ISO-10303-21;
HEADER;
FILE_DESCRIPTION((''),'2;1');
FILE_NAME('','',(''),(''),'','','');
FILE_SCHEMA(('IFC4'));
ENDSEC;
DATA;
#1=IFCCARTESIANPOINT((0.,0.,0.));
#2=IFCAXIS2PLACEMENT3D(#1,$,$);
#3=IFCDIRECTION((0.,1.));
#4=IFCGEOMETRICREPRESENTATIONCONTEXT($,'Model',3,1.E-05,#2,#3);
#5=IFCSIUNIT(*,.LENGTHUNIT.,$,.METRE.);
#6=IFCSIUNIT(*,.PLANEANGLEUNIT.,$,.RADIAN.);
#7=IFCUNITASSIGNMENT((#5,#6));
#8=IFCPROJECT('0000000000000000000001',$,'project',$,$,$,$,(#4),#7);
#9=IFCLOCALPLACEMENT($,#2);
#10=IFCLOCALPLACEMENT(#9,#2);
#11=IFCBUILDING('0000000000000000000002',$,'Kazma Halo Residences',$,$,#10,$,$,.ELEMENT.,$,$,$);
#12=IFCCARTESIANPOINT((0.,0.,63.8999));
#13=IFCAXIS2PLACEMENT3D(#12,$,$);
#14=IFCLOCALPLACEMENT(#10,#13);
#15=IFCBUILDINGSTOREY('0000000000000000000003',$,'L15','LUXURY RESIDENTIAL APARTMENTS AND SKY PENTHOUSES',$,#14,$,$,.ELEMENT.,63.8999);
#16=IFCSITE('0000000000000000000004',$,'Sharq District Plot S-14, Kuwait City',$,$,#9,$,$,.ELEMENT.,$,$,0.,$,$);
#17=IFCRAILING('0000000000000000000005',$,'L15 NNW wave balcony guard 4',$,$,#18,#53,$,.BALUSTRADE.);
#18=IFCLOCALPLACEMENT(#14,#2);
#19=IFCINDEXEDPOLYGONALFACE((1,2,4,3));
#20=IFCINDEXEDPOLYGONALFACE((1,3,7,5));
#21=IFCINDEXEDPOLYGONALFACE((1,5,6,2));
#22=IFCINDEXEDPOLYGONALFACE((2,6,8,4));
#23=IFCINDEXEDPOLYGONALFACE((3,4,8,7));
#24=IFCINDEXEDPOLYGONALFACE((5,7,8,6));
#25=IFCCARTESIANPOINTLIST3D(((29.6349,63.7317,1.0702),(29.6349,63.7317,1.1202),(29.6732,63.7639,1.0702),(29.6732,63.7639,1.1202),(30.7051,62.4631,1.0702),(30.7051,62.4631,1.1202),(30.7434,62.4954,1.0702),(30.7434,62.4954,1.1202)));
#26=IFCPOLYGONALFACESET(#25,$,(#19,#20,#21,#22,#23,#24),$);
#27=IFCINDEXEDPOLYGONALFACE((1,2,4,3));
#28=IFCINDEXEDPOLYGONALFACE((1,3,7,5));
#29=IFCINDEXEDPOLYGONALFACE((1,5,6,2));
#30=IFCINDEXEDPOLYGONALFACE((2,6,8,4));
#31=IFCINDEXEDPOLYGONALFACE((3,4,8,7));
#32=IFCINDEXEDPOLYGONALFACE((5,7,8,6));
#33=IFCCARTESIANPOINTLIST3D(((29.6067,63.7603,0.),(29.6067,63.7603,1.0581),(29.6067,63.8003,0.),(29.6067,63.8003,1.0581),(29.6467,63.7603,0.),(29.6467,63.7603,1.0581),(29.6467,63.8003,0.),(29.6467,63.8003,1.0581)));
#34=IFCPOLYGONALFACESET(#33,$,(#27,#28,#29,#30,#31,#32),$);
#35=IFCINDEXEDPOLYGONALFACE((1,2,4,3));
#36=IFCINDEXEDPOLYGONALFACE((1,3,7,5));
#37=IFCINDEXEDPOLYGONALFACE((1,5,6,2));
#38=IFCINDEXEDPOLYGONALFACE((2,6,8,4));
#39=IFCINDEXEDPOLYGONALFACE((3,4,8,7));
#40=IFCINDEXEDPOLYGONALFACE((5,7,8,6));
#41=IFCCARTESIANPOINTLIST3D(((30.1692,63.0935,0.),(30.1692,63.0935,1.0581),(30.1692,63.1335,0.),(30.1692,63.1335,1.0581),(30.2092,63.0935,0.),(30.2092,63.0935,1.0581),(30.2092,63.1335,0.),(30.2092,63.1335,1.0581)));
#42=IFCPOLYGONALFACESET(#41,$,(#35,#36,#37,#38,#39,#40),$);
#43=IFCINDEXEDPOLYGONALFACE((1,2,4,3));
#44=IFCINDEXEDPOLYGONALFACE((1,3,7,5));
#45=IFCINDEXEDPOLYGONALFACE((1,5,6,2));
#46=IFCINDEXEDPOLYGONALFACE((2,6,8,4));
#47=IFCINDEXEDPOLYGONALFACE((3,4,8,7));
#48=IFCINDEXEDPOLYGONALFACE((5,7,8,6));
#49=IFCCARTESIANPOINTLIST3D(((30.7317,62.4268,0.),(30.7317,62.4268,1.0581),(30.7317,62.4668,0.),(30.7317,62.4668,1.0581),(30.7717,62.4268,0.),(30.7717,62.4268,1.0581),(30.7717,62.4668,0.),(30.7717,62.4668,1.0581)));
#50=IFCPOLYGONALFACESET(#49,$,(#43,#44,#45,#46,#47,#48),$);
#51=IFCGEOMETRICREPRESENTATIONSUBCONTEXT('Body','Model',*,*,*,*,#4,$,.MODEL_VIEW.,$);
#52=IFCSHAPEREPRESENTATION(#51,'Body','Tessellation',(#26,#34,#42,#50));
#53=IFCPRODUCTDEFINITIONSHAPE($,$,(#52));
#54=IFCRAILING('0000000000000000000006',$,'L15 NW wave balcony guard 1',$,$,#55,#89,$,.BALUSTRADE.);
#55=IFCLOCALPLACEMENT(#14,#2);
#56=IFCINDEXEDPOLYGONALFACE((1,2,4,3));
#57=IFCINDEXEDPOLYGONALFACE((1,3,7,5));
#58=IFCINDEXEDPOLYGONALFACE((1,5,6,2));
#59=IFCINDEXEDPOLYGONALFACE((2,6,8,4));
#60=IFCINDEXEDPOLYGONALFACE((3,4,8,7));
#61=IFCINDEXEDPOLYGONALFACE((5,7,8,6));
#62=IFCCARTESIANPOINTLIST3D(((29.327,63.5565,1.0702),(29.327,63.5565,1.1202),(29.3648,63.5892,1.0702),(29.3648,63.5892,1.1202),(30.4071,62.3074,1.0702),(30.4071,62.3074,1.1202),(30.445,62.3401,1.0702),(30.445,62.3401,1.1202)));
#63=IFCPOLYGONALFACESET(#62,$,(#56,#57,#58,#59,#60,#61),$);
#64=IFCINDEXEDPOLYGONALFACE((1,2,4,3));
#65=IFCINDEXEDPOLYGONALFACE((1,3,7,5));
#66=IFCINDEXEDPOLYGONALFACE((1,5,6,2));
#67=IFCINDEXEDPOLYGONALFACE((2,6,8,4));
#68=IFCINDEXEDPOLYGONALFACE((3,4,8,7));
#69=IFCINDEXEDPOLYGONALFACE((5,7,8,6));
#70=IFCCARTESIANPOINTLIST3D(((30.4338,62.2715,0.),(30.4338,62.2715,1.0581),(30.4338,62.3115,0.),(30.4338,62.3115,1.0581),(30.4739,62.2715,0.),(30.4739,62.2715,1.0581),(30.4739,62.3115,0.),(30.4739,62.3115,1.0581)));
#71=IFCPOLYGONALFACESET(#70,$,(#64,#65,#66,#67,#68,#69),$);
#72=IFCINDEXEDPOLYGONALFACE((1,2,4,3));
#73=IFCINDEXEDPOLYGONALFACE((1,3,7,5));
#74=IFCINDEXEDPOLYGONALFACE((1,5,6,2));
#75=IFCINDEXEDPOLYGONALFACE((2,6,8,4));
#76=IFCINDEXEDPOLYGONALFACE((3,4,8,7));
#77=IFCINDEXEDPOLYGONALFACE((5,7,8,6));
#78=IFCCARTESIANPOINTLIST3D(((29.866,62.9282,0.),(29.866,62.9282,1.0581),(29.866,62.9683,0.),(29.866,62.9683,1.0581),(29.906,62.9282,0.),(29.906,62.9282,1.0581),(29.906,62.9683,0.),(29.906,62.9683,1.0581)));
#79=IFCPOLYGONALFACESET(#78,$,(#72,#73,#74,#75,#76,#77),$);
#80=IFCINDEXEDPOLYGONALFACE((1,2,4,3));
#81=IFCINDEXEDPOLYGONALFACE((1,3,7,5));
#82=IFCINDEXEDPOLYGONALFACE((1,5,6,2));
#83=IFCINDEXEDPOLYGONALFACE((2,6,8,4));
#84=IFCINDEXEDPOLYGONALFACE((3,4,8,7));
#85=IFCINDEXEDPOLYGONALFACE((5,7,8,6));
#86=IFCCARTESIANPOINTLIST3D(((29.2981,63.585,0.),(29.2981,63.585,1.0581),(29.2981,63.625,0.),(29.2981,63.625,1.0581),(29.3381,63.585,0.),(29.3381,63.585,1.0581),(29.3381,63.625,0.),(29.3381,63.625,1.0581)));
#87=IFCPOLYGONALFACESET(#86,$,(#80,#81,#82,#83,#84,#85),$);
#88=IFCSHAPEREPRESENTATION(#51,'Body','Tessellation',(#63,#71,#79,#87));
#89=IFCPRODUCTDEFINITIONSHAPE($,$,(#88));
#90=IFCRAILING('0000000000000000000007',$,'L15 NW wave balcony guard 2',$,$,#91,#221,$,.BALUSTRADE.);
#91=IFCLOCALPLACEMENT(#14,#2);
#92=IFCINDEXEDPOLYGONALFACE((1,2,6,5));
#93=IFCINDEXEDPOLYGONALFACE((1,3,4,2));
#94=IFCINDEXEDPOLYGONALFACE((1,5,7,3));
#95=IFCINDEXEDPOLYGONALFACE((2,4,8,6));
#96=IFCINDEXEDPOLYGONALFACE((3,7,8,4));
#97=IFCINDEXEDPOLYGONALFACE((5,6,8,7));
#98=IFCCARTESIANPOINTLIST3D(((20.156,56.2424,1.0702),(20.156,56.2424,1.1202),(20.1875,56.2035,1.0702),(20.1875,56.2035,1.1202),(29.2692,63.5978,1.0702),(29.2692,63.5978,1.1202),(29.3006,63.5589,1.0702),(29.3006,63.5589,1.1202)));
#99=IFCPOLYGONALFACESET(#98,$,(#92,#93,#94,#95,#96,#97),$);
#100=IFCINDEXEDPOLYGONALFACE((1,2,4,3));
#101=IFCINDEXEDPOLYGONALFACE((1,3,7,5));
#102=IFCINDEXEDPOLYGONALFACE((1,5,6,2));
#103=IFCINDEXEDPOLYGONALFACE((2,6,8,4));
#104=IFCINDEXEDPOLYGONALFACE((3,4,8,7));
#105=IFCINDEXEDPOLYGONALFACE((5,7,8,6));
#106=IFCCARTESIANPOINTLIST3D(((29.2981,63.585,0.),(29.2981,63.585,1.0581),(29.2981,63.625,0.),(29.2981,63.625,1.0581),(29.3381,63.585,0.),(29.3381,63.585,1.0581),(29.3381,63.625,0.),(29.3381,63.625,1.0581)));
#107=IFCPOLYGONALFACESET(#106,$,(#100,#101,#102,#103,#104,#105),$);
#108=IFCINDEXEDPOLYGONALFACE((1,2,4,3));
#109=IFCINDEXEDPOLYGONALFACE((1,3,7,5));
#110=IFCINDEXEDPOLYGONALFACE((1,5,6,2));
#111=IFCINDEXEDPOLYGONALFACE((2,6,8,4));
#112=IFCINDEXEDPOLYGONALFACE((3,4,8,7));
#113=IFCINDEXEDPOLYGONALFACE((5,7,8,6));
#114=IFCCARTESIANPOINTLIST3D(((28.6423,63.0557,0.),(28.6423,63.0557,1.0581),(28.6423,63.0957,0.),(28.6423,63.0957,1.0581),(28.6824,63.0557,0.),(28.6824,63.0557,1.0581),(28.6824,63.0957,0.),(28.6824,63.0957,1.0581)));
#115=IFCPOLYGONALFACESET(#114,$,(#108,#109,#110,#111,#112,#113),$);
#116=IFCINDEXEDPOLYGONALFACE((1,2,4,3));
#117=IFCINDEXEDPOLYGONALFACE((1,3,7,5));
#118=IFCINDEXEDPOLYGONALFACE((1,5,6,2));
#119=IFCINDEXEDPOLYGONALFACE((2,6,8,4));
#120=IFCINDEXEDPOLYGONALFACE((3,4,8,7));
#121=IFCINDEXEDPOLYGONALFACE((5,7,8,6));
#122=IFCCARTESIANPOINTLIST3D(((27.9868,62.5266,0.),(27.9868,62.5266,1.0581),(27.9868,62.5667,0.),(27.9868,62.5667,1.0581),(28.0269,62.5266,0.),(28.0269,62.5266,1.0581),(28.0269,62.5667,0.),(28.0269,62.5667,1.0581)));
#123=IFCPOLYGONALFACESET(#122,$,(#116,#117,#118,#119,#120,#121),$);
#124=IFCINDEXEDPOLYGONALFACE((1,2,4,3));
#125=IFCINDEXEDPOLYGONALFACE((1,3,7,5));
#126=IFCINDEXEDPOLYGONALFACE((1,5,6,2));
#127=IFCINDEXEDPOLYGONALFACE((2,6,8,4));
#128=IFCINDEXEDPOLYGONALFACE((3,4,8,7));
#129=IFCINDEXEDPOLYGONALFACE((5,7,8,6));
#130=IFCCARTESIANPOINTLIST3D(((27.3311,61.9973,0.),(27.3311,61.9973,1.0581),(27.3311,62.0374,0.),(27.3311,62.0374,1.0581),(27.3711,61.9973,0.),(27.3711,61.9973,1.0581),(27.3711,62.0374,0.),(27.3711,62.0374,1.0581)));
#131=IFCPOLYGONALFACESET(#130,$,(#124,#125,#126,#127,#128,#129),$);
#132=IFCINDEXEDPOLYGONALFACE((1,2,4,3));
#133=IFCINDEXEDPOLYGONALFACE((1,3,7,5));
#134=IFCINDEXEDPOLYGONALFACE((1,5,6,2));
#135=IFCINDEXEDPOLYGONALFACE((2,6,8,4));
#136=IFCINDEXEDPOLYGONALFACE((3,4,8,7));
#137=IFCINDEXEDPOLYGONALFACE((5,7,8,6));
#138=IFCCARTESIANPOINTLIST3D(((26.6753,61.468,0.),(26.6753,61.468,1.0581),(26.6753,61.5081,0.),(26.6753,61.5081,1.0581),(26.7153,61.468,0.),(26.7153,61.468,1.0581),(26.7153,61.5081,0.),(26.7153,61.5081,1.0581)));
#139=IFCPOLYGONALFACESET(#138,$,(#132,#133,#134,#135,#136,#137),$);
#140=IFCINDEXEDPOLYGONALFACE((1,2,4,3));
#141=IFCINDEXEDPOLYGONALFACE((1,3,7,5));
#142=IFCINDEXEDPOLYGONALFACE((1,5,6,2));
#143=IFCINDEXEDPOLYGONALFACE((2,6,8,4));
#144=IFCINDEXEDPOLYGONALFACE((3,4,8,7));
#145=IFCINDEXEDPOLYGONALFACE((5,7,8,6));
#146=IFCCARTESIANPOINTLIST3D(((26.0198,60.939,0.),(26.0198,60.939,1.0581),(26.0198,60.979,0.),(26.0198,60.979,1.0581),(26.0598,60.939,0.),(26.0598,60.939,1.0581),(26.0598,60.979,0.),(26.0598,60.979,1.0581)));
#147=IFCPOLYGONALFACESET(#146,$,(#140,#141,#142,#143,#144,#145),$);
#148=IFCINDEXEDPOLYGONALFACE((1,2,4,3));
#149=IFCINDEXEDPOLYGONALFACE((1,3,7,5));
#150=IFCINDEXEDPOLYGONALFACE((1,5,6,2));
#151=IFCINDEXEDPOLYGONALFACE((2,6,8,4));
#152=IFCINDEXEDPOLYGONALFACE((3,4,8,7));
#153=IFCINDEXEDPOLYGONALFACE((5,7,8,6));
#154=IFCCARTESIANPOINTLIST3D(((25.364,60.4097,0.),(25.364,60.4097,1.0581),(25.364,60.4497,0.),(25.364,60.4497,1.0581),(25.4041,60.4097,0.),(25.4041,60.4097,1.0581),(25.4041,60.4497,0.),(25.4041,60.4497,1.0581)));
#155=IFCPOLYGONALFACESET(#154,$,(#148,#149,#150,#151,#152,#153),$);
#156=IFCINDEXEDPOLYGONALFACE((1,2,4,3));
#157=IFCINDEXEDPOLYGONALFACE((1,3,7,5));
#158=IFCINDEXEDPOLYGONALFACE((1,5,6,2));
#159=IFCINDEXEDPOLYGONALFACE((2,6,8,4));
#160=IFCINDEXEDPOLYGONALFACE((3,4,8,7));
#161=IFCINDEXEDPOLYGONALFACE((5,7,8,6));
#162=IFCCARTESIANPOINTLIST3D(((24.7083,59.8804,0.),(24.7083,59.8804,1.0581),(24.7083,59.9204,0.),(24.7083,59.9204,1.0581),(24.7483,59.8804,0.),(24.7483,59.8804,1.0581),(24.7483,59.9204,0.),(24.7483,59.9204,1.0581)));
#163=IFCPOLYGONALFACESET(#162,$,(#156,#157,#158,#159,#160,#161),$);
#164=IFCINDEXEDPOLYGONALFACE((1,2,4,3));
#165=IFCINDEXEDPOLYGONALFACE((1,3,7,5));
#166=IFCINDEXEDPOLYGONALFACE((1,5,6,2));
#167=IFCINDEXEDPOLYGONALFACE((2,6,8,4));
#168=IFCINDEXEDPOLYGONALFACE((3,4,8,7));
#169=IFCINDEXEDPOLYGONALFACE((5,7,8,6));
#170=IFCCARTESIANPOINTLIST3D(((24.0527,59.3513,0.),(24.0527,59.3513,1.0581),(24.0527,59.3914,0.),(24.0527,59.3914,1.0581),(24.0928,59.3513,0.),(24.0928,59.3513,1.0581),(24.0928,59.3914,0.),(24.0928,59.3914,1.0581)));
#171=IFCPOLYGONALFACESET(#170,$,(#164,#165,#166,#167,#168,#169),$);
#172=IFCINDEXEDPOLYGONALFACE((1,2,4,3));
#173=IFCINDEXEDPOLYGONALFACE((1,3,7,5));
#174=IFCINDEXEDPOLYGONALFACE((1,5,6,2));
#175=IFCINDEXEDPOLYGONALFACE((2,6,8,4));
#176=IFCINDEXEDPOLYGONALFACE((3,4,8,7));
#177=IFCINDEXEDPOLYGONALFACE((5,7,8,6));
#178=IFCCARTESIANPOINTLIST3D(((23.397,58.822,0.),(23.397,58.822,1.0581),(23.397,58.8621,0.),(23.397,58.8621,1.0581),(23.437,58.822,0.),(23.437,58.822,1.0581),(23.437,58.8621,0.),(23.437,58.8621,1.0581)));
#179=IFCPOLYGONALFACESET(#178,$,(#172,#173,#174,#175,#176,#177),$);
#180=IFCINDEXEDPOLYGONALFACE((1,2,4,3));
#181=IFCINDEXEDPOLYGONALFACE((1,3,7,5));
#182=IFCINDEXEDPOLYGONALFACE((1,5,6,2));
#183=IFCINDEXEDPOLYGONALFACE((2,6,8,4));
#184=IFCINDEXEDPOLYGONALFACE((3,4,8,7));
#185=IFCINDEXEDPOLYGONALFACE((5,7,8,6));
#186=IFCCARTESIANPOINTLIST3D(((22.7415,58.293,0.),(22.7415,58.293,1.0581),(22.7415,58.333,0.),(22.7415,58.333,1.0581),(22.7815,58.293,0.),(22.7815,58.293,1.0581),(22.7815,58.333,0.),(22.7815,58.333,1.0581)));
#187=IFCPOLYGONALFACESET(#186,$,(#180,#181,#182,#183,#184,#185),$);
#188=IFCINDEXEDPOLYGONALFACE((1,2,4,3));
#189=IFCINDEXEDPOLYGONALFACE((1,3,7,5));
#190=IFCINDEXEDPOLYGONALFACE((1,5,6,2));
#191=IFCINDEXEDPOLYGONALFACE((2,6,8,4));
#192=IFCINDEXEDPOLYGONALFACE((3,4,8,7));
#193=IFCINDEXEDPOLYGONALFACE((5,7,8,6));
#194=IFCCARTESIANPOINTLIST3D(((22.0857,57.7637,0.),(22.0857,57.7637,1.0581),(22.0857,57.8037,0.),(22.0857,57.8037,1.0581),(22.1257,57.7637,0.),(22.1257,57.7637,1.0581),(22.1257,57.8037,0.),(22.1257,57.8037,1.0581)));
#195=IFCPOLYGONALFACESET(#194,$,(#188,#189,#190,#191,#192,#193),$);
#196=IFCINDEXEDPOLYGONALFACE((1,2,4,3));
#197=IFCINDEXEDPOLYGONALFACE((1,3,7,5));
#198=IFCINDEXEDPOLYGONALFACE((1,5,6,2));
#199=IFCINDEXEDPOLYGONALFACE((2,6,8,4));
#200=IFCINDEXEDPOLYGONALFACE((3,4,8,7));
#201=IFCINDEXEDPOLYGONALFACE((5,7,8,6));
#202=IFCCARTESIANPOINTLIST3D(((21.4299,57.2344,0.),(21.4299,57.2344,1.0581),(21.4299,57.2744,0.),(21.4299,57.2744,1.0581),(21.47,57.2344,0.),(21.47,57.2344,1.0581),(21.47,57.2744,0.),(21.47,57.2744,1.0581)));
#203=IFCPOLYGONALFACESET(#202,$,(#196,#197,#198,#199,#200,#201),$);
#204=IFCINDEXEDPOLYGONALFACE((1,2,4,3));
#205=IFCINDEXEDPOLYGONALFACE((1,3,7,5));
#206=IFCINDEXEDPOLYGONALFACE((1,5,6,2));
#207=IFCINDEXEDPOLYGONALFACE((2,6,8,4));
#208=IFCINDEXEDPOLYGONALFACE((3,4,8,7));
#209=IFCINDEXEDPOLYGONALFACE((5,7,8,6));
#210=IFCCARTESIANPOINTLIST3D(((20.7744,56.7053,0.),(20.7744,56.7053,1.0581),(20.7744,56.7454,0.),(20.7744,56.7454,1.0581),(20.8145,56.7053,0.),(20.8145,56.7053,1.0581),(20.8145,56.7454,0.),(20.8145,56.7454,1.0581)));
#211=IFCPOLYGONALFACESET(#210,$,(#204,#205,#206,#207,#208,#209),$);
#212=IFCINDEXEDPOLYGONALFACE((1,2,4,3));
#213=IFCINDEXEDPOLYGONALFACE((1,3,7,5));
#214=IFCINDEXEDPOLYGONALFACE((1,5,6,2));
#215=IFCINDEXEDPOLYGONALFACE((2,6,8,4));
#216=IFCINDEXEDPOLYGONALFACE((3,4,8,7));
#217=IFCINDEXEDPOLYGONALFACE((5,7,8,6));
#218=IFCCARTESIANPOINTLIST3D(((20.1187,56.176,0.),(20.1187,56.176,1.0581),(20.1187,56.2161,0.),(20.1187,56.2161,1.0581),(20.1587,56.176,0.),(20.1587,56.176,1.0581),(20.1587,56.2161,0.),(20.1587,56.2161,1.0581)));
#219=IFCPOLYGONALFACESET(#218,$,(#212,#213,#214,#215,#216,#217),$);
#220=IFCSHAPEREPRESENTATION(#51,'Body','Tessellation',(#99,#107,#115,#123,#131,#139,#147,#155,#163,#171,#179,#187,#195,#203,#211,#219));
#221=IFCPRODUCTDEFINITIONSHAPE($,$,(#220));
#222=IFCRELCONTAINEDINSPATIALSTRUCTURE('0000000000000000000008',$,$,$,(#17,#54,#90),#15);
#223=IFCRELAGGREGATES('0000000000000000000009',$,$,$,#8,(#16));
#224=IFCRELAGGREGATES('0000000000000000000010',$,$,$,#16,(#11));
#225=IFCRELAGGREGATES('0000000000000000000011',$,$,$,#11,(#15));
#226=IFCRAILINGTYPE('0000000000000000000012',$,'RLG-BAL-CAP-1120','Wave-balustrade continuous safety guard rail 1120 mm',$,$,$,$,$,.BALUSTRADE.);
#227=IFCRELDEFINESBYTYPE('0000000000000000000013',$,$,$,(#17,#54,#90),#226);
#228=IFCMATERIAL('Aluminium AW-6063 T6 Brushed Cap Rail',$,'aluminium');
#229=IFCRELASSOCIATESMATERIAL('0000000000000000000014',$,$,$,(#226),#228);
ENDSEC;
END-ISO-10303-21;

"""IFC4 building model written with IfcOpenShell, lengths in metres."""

from ifc_helpers import new_model, si_unit, direction, frame, origin, origin_2d, place, context, subcontext, project, spatial, rectangle, extrude, material, type_object, element, save


model = new_model("IFC4")

# Units and contexts
model_context = context("Model", 3, precision=1e-05, world=origin(), true_north=direction((0.0, 1.0)))
body_context = subcontext(model_context, "Body", "Model", "MODEL_VIEW")
ifc_project = project(units=[si_unit("LENGTHUNIT", "METRE"), si_unit("PLANEANGLEUNIT", "RADIAN")], contexts=[model_context])

# Site, building, storey
site_placement = place(None, origin())
site = spatial("IfcSite", under=ifc_project, at=site_placement, Name="Sharq District Plot S-14, Kuwait City", CompositionType="ELEMENT", RefElevation=0.0)
building_placement = place(site_placement, origin())
building = spatial("IfcBuilding", under=site, at=building_placement, Name="Kazma Halo Residences", CompositionType="ELEMENT")
storey_placement = place(building_placement, frame((0.0, 0.0, 63.8999)))
storey = spatial("IfcBuildingStorey", under=building, at=storey_placement, Name="L15", Description="LUXURY RESIDENTIAL APARTMENTS AND SKY PENTHOUSES", CompositionType="ELEMENT", Elevation=63.8999)

# Railings
ifc_material_1 = material(Name="Aluminium AW-6063 T6 Brushed Cap Rail", Category="aluminium")
railing_type = type_object("IfcRailingType", Name="RLG-BAL-CAP-1120", Description="Wave-balustrade continuous safety guard rail 1120 mm", PredefinedType="BALUSTRADE", material=ifc_material_1)
railing_1_placement = place(storey_placement, frame((29.6267, 63.7803, 0.0)))
element("IfcRailing", 1, at=railing_1_placement, inside=storey, type_object=railing_type, Name="L15 NNW wave balcony guard 4", PredefinedType="BALUSTRADE", context=body_context, shape_type="SweptSolid", body=[
    extrude(rectangle(XDim=0.05, YDim=0.05, at=origin_2d()), frame((0.0273, -0.0325, 1.0952), z_axis=(0.644825, -0.76433, 0.0), x_axis=(0.76433, 0.644825, 0.0)), (0.0, 0.0, 1.0), 1.6597),
    extrude(rectangle(XDim=0.04, YDim=0.04, at=origin_2d()), origin(), (0.0, 0.0, 1.0), 1.0581),
    extrude(rectangle(XDim=0.04, YDim=0.04, at=origin_2d()), frame((0.5625, -0.6667, 0.0)), (0.0, 0.0, 1.0), 1.0581),
    extrude(rectangle(XDim=0.04, YDim=0.04, at=origin_2d()), frame((1.125, -1.3335, 0.0)), (0.0, 0.0, 1.0), 1.0581),
])
railing_2_placement = place(storey_placement, frame((30.4539, 62.2915, 0.0)))
element("IfcRailing", 2, at=railing_2_placement, inside=storey, type_object=railing_type, Name="L15 NW wave balcony guard 1", PredefinedType="BALUSTRADE", context=body_context, shape_type="SweptSolid", body=[
    extrude(rectangle(XDim=0.05, YDim=0.05, at=origin_2d()), frame((-0.0278, 0.0322, 1.0952), z_axis=(-0.654074, 0.756431, 0.0), x_axis=(-0.756431, -0.654074, 0.0)), (0.0, 0.0, 1.0), 1.6514),
    extrude(rectangle(XDim=0.04, YDim=0.04, at=origin_2d()), origin(), (0.0, 0.0, 1.0), 1.0581),
    extrude(rectangle(XDim=0.04, YDim=0.04, at=origin_2d()), frame((-0.5679, 0.6567, 0.0)), (0.0, 0.0, 1.0), 1.0581),
    extrude(rectangle(XDim=0.04, YDim=0.04, at=origin_2d()), frame((-1.1357, 1.3135, 0.0)), (0.0, 0.0, 1.0), 1.0581),
])
railing_3_placement = place(storey_placement, frame((29.3181, 63.605, 0.0)))
element("IfcRailing", 3, at=railing_3_placement, inside=storey, type_object=railing_type, Name="L15 NW wave balcony guard 2", PredefinedType="BALUSTRADE", context=body_context, shape_type="SweptSolid", body=[
    extrude(rectangle(XDim=0.05, YDim=0.05, at=origin_2d()), frame((-0.0332, -0.0266, 1.0952), z_axis=(-0.778158, -0.628069, 0.0), x_axis=(0.628069, -0.778158, 0.0)), (0.0, 0.0, 1.0), 11.7112),
    extrude(rectangle(XDim=0.04, YDim=0.04, at=origin_2d()), origin(), (0.0, 0.0, 1.0), 1.0581),
    extrude(rectangle(XDim=0.04, YDim=0.04, at=origin_2d()), frame((-0.6558, -0.5293, 0.0)), (0.0, 0.0, 1.0), 1.0581),
    extrude(rectangle(XDim=0.04, YDim=0.04, at=origin_2d()), frame((-1.3113, -1.0583, 0.0)), (0.0, 0.0, 1.0), 1.0581),
    extrude(rectangle(XDim=0.04, YDim=0.04, at=origin_2d()), frame((-1.967, -1.5876, 0.0)), (0.0, 0.0, 1.0), 1.0581),
    extrude(rectangle(XDim=0.04, YDim=0.04, at=origin_2d()), frame((-2.6228, -2.1169, 0.0)), (0.0, 0.0, 1.0), 1.0581),
    extrude(rectangle(XDim=0.04, YDim=0.04, at=origin_2d()), frame((-3.2783, -2.646, 0.0)), (0.0, 0.0, 1.0), 1.0581),
    extrude(rectangle(XDim=0.04, YDim=0.04, at=origin_2d()), frame((-3.9341, -3.1753, 0.0)), (0.0, 0.0, 1.0), 1.0581),
    extrude(rectangle(XDim=0.04, YDim=0.04, at=origin_2d()), frame((-4.5898, -3.7046, 0.0)), (0.0, 0.0, 1.0), 1.0581),
    extrude(rectangle(XDim=0.04, YDim=0.04, at=origin_2d()), frame((-5.2454, -4.2336, 0.0)), (0.0, 0.0, 1.0), 1.0581),
    extrude(rectangle(XDim=0.04, YDim=0.04, at=origin_2d()), frame((-5.9011, -4.7629, 0.0)), (0.0, 0.0, 1.0), 1.0581),
    extrude(rectangle(XDim=0.04, YDim=0.04, at=origin_2d()), frame((-6.5566, -5.292, 0.0)), (0.0, 0.0, 1.0), 1.0581),
    extrude(rectangle(XDim=0.04, YDim=0.04, at=origin_2d()), frame((-7.2124, -5.8213, 0.0)), (0.0, 0.0, 1.0), 1.0581),
    extrude(rectangle(XDim=0.04, YDim=0.04, at=origin_2d()), frame((-7.8682, -6.3506, 0.0)), (0.0, 0.0, 1.0), 1.0581),
    extrude(rectangle(XDim=0.04, YDim=0.04, at=origin_2d()), frame((-8.5237, -6.8796, 0.0)), (0.0, 0.0, 1.0), 1.0581),
    extrude(rectangle(XDim=0.04, YDim=0.04, at=origin_2d()), frame((-9.1794, -7.4089, 0.0)), (0.0, 0.0, 1.0), 1.0581),
])

save(model, "model.ifc")
